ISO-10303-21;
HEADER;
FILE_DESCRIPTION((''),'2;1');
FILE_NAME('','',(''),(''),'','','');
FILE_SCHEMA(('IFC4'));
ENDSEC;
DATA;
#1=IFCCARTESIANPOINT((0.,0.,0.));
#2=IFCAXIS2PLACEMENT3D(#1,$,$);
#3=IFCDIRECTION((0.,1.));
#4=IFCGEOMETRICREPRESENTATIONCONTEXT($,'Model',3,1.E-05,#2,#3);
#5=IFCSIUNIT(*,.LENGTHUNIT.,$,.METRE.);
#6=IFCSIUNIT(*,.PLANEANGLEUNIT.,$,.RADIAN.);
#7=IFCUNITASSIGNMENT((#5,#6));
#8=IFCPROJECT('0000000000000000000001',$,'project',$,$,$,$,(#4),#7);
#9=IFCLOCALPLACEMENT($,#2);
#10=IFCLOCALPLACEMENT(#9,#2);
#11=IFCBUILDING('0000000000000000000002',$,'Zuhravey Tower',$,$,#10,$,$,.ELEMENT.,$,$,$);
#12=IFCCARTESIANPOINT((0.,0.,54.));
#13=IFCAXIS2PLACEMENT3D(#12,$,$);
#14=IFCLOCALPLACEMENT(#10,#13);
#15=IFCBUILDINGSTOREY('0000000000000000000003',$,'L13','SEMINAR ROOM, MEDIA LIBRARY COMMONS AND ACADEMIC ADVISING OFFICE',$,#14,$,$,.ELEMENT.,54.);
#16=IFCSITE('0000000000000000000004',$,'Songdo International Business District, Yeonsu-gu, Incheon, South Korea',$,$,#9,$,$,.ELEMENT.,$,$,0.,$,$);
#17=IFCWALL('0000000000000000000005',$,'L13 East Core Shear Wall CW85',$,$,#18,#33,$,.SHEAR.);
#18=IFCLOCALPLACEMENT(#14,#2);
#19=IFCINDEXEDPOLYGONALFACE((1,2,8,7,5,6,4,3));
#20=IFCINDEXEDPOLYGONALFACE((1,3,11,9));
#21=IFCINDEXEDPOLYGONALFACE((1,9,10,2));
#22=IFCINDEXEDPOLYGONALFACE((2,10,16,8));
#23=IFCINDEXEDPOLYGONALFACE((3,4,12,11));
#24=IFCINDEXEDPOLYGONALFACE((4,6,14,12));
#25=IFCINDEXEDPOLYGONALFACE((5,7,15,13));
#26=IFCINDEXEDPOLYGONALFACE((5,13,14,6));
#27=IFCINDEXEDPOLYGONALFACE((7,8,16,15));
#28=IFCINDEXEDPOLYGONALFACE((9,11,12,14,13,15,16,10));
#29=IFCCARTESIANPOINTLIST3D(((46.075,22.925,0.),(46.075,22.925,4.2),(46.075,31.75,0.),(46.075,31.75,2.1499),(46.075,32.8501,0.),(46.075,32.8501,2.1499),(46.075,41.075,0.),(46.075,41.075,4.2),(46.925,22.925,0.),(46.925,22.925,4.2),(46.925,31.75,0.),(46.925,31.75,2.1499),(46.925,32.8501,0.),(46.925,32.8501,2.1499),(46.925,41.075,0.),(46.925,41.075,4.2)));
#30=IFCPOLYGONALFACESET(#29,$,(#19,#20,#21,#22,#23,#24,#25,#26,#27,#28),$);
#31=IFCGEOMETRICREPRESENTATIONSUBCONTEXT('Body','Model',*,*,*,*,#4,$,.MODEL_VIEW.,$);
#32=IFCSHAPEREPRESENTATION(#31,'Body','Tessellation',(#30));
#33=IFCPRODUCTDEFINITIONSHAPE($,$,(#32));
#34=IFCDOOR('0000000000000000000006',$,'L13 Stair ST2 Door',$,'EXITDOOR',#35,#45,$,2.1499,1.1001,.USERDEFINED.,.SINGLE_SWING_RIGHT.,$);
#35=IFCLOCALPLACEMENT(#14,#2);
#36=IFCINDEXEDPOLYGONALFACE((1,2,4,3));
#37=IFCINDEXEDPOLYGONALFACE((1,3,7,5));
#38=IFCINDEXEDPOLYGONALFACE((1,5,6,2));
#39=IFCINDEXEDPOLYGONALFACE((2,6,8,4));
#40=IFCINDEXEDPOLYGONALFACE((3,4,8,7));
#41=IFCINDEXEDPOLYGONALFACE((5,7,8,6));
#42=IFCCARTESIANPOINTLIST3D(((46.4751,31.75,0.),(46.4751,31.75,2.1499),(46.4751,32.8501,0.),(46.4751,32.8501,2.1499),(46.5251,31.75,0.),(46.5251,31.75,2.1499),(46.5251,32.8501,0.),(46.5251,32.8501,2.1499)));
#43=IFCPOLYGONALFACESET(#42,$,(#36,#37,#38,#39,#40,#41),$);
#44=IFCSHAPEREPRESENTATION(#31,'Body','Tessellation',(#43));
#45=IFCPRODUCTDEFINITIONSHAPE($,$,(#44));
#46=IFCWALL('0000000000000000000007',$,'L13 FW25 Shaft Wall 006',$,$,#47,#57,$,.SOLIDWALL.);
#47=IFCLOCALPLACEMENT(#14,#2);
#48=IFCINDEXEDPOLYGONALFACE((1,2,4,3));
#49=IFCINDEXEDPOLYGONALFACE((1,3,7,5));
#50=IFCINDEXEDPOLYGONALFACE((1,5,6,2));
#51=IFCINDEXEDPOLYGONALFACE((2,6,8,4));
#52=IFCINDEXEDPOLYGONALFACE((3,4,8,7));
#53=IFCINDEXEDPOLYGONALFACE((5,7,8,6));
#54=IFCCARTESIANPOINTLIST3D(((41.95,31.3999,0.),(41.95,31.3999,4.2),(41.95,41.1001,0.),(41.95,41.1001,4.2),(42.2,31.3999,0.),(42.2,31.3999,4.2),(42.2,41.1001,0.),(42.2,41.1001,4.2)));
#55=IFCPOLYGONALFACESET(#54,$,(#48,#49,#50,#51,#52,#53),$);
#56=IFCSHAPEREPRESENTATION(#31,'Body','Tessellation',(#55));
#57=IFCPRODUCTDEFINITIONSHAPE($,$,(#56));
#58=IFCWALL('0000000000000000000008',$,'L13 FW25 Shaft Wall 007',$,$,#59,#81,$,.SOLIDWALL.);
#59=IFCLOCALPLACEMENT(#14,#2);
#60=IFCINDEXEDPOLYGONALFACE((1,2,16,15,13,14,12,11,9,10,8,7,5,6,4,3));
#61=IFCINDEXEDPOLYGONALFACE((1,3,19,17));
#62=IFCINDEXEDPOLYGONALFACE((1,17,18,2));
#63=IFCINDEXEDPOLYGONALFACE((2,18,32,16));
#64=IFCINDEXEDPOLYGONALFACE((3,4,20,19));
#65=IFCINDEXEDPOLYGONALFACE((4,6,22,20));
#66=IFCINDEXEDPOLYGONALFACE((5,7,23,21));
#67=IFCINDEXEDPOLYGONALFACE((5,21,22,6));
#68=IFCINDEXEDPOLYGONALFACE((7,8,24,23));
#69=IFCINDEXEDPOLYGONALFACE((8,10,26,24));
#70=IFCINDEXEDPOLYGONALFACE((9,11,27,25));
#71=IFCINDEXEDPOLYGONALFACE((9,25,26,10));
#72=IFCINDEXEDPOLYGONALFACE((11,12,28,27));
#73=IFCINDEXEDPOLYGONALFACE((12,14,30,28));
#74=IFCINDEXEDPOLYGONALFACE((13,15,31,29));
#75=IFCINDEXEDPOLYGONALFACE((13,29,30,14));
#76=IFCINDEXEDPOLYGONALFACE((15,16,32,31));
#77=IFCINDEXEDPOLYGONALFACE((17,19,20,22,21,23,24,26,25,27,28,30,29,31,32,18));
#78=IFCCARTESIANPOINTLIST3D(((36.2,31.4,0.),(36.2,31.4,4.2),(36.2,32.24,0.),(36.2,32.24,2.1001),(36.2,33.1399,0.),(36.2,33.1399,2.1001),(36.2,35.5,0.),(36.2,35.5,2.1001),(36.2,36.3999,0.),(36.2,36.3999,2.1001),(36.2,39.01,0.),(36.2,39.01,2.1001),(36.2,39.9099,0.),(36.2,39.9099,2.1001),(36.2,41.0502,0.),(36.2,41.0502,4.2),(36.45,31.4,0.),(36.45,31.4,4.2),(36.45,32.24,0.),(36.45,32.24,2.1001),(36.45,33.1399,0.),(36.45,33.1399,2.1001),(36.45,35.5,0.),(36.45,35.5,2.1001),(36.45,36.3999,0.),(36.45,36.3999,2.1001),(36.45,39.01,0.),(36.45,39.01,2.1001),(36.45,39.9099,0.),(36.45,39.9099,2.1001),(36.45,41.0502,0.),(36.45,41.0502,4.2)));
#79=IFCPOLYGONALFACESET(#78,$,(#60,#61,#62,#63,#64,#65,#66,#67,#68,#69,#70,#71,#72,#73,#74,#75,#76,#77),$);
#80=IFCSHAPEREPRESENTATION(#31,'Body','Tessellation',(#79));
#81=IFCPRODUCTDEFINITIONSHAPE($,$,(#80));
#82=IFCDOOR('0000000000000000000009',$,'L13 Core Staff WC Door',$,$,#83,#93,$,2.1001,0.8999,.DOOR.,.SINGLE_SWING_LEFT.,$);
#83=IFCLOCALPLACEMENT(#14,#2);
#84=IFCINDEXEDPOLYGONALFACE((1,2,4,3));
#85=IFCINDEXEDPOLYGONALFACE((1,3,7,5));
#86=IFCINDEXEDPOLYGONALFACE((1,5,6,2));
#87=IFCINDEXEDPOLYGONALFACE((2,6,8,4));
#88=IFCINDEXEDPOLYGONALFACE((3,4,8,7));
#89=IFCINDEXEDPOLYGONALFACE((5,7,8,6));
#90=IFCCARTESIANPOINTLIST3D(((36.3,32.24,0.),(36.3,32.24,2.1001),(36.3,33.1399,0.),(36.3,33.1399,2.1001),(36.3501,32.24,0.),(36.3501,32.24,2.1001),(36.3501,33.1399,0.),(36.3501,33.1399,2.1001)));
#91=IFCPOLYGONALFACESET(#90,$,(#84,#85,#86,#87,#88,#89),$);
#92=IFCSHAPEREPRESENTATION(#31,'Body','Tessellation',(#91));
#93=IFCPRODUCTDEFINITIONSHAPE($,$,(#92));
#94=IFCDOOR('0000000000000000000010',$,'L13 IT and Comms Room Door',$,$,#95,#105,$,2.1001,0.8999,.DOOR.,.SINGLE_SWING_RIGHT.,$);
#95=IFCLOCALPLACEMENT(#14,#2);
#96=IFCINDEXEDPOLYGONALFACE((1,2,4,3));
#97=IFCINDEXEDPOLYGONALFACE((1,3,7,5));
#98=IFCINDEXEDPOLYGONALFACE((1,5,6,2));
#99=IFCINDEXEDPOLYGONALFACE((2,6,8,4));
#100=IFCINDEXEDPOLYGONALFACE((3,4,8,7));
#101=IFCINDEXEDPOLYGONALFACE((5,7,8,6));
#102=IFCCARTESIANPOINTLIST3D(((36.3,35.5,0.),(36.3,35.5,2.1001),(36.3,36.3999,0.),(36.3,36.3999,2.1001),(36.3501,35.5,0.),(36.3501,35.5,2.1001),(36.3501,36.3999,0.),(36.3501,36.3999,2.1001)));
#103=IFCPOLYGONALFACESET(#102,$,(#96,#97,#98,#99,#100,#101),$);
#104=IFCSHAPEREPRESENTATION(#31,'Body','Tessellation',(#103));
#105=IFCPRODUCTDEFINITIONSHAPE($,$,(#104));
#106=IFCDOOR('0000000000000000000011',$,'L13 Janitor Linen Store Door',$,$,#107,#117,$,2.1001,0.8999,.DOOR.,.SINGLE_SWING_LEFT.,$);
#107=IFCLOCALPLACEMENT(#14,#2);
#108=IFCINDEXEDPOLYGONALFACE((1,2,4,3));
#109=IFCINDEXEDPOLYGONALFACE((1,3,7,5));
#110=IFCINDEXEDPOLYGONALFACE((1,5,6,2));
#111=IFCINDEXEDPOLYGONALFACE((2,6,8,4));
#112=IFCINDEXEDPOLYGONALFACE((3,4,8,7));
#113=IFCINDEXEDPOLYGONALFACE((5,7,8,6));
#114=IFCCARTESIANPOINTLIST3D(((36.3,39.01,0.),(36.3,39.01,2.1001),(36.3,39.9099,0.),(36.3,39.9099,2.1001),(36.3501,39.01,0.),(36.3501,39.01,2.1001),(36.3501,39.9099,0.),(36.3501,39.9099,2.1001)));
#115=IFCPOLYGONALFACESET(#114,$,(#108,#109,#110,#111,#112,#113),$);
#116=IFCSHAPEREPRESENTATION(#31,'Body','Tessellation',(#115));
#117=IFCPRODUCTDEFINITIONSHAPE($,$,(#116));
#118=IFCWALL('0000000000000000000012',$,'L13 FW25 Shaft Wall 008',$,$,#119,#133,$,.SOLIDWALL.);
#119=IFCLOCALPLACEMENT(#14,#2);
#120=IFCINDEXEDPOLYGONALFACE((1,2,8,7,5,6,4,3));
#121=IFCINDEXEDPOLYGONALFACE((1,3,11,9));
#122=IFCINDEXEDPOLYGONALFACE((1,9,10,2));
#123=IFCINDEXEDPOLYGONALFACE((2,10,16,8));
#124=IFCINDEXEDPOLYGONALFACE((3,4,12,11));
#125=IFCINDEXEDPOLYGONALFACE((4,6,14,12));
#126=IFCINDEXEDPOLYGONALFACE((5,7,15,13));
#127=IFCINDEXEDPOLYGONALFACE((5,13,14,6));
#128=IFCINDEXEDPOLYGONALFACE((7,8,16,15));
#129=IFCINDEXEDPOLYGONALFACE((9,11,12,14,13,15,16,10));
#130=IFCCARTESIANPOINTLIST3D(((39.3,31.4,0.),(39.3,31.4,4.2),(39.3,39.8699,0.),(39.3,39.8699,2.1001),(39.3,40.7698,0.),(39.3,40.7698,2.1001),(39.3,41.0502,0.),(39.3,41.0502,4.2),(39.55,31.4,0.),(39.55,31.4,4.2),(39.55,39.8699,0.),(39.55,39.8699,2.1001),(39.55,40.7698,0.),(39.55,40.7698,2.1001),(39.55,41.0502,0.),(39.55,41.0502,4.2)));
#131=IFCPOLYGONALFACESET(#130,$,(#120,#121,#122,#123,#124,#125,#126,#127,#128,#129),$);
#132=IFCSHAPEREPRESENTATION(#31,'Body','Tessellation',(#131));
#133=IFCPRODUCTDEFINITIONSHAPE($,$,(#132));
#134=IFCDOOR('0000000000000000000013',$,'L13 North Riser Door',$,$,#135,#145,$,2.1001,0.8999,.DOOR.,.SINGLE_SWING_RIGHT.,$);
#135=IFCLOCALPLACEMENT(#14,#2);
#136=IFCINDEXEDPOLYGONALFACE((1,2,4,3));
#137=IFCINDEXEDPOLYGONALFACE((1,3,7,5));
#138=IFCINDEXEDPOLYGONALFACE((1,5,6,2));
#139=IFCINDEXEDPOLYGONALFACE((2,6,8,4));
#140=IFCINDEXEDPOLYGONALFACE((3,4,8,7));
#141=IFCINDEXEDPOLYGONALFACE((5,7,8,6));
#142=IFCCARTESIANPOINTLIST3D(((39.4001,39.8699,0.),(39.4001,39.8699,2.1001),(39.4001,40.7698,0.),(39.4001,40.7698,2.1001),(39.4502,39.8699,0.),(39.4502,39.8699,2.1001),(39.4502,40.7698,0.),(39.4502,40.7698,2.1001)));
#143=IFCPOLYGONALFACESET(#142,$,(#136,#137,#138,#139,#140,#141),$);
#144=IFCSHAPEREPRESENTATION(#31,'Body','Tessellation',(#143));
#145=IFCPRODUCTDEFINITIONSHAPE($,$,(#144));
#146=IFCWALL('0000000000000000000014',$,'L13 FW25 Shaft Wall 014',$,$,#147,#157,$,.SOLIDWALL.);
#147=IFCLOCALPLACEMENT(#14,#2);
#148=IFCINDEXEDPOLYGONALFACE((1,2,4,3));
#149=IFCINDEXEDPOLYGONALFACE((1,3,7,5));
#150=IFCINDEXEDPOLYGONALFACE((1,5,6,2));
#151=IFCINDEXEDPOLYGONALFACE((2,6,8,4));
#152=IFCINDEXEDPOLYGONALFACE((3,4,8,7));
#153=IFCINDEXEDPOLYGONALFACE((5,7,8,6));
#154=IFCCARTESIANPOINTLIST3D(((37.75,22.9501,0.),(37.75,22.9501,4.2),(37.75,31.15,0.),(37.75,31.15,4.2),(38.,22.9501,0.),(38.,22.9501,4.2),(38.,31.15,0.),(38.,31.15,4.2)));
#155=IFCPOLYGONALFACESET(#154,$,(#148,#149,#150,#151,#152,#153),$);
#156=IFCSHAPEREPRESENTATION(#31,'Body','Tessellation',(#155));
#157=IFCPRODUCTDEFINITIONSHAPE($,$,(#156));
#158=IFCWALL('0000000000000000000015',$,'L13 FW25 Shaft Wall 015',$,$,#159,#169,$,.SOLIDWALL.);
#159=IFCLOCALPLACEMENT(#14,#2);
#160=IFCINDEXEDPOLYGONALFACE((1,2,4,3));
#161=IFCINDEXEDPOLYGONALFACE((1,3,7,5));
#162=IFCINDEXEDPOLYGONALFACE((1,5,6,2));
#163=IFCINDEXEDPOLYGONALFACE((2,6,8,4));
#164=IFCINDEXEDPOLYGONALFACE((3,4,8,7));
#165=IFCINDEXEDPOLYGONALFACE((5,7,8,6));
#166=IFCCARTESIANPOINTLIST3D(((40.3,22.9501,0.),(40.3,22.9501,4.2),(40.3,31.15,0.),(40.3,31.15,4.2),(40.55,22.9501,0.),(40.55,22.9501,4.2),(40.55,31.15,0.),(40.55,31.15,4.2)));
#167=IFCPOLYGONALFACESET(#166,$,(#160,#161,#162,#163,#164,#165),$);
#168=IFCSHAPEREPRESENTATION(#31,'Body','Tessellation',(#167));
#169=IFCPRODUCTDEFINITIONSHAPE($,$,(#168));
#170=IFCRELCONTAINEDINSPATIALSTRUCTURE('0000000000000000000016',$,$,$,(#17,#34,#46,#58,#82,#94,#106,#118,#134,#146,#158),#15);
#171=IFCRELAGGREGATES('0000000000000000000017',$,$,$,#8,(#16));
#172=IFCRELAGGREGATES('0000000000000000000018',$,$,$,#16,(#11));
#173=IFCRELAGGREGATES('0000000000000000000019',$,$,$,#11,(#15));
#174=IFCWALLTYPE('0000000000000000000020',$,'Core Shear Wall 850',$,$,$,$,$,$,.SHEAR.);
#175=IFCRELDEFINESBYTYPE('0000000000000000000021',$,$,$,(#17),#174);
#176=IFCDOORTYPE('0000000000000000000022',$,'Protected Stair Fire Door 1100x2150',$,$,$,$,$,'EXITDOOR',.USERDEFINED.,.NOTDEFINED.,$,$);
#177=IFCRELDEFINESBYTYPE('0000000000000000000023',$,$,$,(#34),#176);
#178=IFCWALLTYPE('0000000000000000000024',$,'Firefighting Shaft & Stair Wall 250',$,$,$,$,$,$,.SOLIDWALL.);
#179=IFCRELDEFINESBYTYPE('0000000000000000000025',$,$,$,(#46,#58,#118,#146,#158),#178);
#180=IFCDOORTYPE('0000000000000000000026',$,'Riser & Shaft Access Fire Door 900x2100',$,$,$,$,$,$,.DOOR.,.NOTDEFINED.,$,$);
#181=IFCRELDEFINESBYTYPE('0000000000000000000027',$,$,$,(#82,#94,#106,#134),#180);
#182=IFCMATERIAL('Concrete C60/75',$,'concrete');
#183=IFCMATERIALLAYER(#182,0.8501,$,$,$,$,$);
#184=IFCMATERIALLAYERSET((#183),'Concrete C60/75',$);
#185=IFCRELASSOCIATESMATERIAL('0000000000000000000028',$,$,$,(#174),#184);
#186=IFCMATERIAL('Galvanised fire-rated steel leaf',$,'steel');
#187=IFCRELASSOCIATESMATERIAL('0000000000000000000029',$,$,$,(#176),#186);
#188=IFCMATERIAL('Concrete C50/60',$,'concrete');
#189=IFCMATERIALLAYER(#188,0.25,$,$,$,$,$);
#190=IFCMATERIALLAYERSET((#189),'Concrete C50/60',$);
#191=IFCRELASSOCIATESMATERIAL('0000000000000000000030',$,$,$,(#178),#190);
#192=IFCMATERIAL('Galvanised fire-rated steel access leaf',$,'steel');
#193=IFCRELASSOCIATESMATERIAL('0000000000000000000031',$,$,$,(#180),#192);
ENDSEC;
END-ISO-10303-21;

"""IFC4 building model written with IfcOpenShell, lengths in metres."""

from ifc_helpers import new_model, si_unit, direction, frame, frame_2d, origin, place, context, subcontext, project, spatial, rectangle, extrude, material, layer, layer_set, type_object, element, fill, save


model = new_model("IFC4")

# Units and contexts
model_context = context("Model", 3, precision=1e-05, world=origin(), true_north=direction((0.0, 1.0)))
body_context = subcontext(model_context, "Body", "Model", "MODEL_VIEW")
ifc_project = project(units=[si_unit("LENGTHUNIT", "METRE"), si_unit("PLANEANGLEUNIT", "RADIAN")], contexts=[model_context])

# Site, building, storey
site_placement = place(None, origin())
site = spatial("IfcSite", under=ifc_project, at=site_placement, Name="Songdo International Business District, Yeonsu-gu, Incheon, South Korea", CompositionType="ELEMENT", RefElevation=0.0)
building_placement = place(site_placement, origin())
building = spatial("IfcBuilding", under=site, at=building_placement, Name="Zuhravey Tower", CompositionType="ELEMENT")
storey_placement = place(building_placement, frame((0.0, 0.0, 54.0)))
storey = spatial("IfcBuildingStorey", under=building, at=storey_placement, Name="L13", Description="SEMINAR ROOM, MEDIA LIBRARY COMMONS AND ACADEMIC ADVISING OFFICE", CompositionType="ELEMENT", Elevation=54.0)

# Wall, opening, door
ifc_material_1 = material(Name="Concrete C60/75", Category="concrete")
ifc_layer_1 = layer(ifc_material_1, 0.8501)
ifc_layer_set_1 = layer_set([ifc_layer_1], Name="Concrete C60/75")
wall_type_1 = type_object("IfcWallType", Name="Core Shear Wall 850", PredefinedType="SHEAR", material=ifc_layer_set_1)
wall_1_placement = place(storey_placement, frame((46.5, 22.925, 0.0), z_axis=(0.0, 0.0, 1.0), x_axis=(0.0, 1.0, 0.0)))
wall_1 = element("IfcWall", 1, at=wall_1_placement, inside=storey, type_object=wall_type_1, Name="L13 East Core Shear Wall CW85", PredefinedType="SHEAR", context=body_context, shape_type="SweptSolid", body=[
    extrude(rectangle(XDim=18.1499, YDim=0.8501, at=frame_2d((9.075, 0.0))), origin(), (0.0, 0.0, 1.0), 4.2),
])
opening_1_placement = place(wall_1_placement, frame((8.825, 0.0, 0.0)))
opening_1 = element("IfcOpeningElement", 2, at=opening_1_placement, cuts=wall_1, PredefinedType="OPENING", context=body_context, shape_type="SweptSolid", body=[
    extrude(rectangle(XDim=1.1001, YDim=2.1499, at=frame_2d((0.55, 1.075))), frame((0.0, 0.437, 0.0), z_axis=(0.0, -1.0, 0.0), x_axis=(1.0, 0.0, 0.0)), (0.0, 0.0, 1.0), 0.874),
])
ifc_material_2 = material(Name="Galvanised fire-rated steel leaf", Category="steel")
door_type_1 = type_object("IfcDoorType", Name="Protected Stair Fire Door 1100x2150", ElementType="EXITDOOR", OperationType="NOTDEFINED", PredefinedType="USERDEFINED", material=ifc_material_2)
door_1_placement = place(opening_1_placement, origin())
door_1 = element("IfcDoor", 3, at=door_1_placement, inside=storey, type_object=door_type_1, Name="L13 Stair ST2 Door", ObjectType="EXITDOOR", OperationType="SINGLE_SWING_RIGHT", OverallHeight=2.1499, OverallWidth=1.1001, PredefinedType="USERDEFINED", context=body_context, shape_type="SweptSolid", body=[
    extrude(rectangle(XDim=1.1001, YDim=2.1499, at=frame_2d((0.55, 1.075))), frame((0.0, 0.0249, 0.0), z_axis=(0.0, -1.0, 0.0), x_axis=(1.0, 0.0, 0.0)), (0.0, 0.0, 1.0), 0.05),
])
fill(opening_1, door_1)

# Wall
ifc_material_3 = material(Name="Concrete C50/60", Category="concrete")
ifc_layer_2 = layer(ifc_material_3, 0.25)
ifc_layer_set_2 = layer_set([ifc_layer_2], Name="Concrete C50/60")
wall_type_2 = type_object("IfcWallType", Name="Firefighting Shaft & Stair Wall 250", PredefinedType="SOLIDWALL", material=ifc_layer_set_2)
wall_2_placement = place(storey_placement, frame((42.075, 31.3999, 0.0), z_axis=(0.0, 0.0, 1.0), x_axis=(0.0, 1.0, 0.0)))
element("IfcWall", 4, at=wall_2_placement, inside=storey, type_object=wall_type_2, Name="L13 FW25 Shaft Wall 006", PredefinedType="SOLIDWALL", context=body_context, shape_type="SweptSolid", body=[
    extrude(rectangle(XDim=9.7002, YDim=0.25, at=frame_2d((4.8501, 0.0))), origin(), (0.0, 0.0, 1.0), 4.2),
])

# Wall, openings, doors
wall_3_placement = place(storey_placement, frame((36.325, 31.3999, 0.0), z_axis=(0.0, 0.0, 1.0), x_axis=(0.0, 1.0, 0.0)))
wall_3 = element("IfcWall", 5, at=wall_3_placement, inside=storey, type_object=wall_type_2, Name="L13 FW25 Shaft Wall 007", PredefinedType="SOLIDWALL", context=body_context, shape_type="SweptSolid", body=[
    extrude(rectangle(XDim=9.6501, YDim=0.25, at=frame_2d((4.8252, 0.0))), origin(), (0.0, 0.0, 1.0), 4.2),
])
opening_2_placement = place(wall_3_placement, frame((0.8401, 0.0, 0.0)))
opening_2 = element("IfcOpeningElement", 6, at=opening_2_placement, cuts=wall_3, PredefinedType="OPENING", context=body_context, shape_type="SweptSolid", body=[
    extrude(rectangle(XDim=0.8999, YDim=2.1001, at=frame_2d((0.45, 1.05))), frame((0.0, 0.137, 0.0), z_axis=(0.0, -1.0, 0.0), x_axis=(1.0, 0.0, 0.0)), (0.0, 0.0, 1.0), 0.2739),
])
opening_3_placement = place(wall_3_placement, frame((4.1001, 0.0, 0.0)))
opening_3 = element("IfcOpeningElement", 7, at=opening_3_placement, cuts=wall_3, PredefinedType="OPENING", context=body_context, shape_type="SweptSolid", body=[
    extrude(rectangle(XDim=0.8999, YDim=2.1001, at=frame_2d((0.45, 1.05))), frame((0.0, 0.137, 0.0), z_axis=(0.0, -1.0, 0.0), x_axis=(1.0, 0.0, 0.0)), (0.0, 0.0, 1.0), 0.2739),
])
opening_4_placement = place(wall_3_placement, frame((7.6101, 0.0, 0.0)))
opening_4 = element("IfcOpeningElement", 8, at=opening_4_placement, cuts=wall_3, PredefinedType="OPENING", context=body_context, shape_type="SweptSolid", body=[
    extrude(rectangle(XDim=0.8999, YDim=2.1001, at=frame_2d((0.45, 1.05))), frame((0.0, 0.137, 0.0), z_axis=(0.0, -1.0, 0.0), x_axis=(1.0, 0.0, 0.0)), (0.0, 0.0, 1.0), 0.2739),
])
ifc_material_4 = material(Name="Galvanised fire-rated steel access leaf", Category="steel")
door_type_2 = type_object("IfcDoorType", Name="Riser & Shaft Access Fire Door 900x2100", OperationType="NOTDEFINED", PredefinedType="DOOR", material=ifc_material_4)
door_2_placement = place(opening_2_placement, origin())
door_2 = element("IfcDoor", 9, at=door_2_placement, inside=storey, type_object=door_type_2, Name="L13 Core Staff WC Door", OperationType="SINGLE_SWING_LEFT", OverallHeight=2.1001, OverallWidth=0.8999, PredefinedType="DOOR", context=body_context, shape_type="SweptSolid", body=[
    extrude(rectangle(XDim=0.8999, YDim=2.1001, at=frame_2d((0.45, 1.05))), frame((0.0, 0.0249, 0.0), z_axis=(0.0, -1.0, 0.0), x_axis=(1.0, 0.0, 0.0)), (0.0, 0.0, 1.0), 0.05),
])
fill(opening_2, door_2)
door_3_placement = place(opening_3_placement, origin())
door_3 = element("IfcDoor", 10, at=door_3_placement, inside=storey, type_object=door_type_2, Name="L13 IT and Comms Room Door", OperationType="SINGLE_SWING_RIGHT", OverallHeight=2.1001, OverallWidth=0.8999, PredefinedType="DOOR", context=body_context, shape_type="SweptSolid", body=[
    extrude(rectangle(XDim=0.8999, YDim=2.1001, at=frame_2d((0.45, 1.05))), frame((0.0, 0.0249, 0.0), z_axis=(0.0, -1.0, 0.0), x_axis=(1.0, 0.0, 0.0)), (0.0, 0.0, 1.0), 0.05),
])
fill(opening_3, door_3)
door_4_placement = place(opening_4_placement, origin())
door_4 = element("IfcDoor", 11, at=door_4_placement, inside=storey, type_object=door_type_2, Name="L13 Janitor Linen Store Door", OperationType="SINGLE_SWING_LEFT", OverallHeight=2.1001, OverallWidth=0.8999, PredefinedType="DOOR", context=body_context, shape_type="SweptSolid", body=[
    extrude(rectangle(XDim=0.8999, YDim=2.1001, at=frame_2d((0.45, 1.05))), frame((0.0, 0.0249, 0.0), z_axis=(0.0, -1.0, 0.0), x_axis=(1.0, 0.0, 0.0)), (0.0, 0.0, 1.0), 0.05),
])
fill(opening_4, door_4)

# Wall, opening, door
wall_4_placement = place(storey_placement, frame((39.425, 31.3999, 0.0), z_axis=(0.0, 0.0, 1.0), x_axis=(0.0, 1.0, 0.0)))
wall_4 = element("IfcWall", 12, at=wall_4_placement, inside=storey, type_object=wall_type_2, Name="L13 FW25 Shaft Wall 008", PredefinedType="SOLIDWALL", context=body_context, shape_type="SweptSolid", body=[
    extrude(rectangle(XDim=9.6501, YDim=0.25, at=frame_2d((4.8252, 0.0))), origin(), (0.0, 0.0, 1.0), 4.2),
])
opening_5_placement = place(wall_4_placement, frame((8.47, 0.0, 0.0)))
opening_5 = element("IfcOpeningElement", 13, at=opening_5_placement, cuts=wall_4, PredefinedType="OPENING", context=body_context, shape_type="SweptSolid", body=[
    extrude(rectangle(XDim=0.8999, YDim=2.1001, at=frame_2d((0.45, 1.05))), frame((0.0, 0.137, 0.0), z_axis=(0.0, -1.0, 0.0), x_axis=(1.0, 0.0, 0.0)), (0.0, 0.0, 1.0), 0.2739),
])
door_5_placement = place(opening_5_placement, origin())
door_5 = element("IfcDoor", 14, at=door_5_placement, inside=storey, type_object=door_type_2, Name="L13 North Riser Door", OperationType="SINGLE_SWING_RIGHT", OverallHeight=2.1001, OverallWidth=0.8999, PredefinedType="DOOR", context=body_context, shape_type="SweptSolid", body=[
    extrude(rectangle(XDim=0.8999, YDim=2.1001, at=frame_2d((0.45, 1.05))), frame((0.0, 0.0249, 0.0), z_axis=(0.0, -1.0, 0.0), x_axis=(1.0, 0.0, 0.0)), (0.0, 0.0, 1.0), 0.05),
])
fill(opening_5, door_5)

# Walls
for number, where, z_axis, x_axis, name in (
    (15, (37.875, 22.95, 0.0), (0.0, 0.0, 1.0), (0.0, 1.0, 0.0), "L13 FW25 Shaft Wall 014"),
    (16, (40.425, 22.95, 0.0), (0.0, 0.0, 1.0), (0.0, 1.0, 0.0), "L13 FW25 Shaft Wall 015"),
):
    element("IfcWall", number, at=place(storey_placement, frame(where, z_axis=z_axis, x_axis=x_axis)), inside=storey, type_object=wall_type_2, Name=name, PredefinedType="SOLIDWALL", context=body_context, shape_type="SweptSolid", body=[
        extrude(rectangle(XDim=8.2, YDim=0.25, at=frame_2d((4.1001, 0.0))), origin(), (0.0, 0.0, 1.0), 4.2),
    ])

save(model, "model.ifc")
